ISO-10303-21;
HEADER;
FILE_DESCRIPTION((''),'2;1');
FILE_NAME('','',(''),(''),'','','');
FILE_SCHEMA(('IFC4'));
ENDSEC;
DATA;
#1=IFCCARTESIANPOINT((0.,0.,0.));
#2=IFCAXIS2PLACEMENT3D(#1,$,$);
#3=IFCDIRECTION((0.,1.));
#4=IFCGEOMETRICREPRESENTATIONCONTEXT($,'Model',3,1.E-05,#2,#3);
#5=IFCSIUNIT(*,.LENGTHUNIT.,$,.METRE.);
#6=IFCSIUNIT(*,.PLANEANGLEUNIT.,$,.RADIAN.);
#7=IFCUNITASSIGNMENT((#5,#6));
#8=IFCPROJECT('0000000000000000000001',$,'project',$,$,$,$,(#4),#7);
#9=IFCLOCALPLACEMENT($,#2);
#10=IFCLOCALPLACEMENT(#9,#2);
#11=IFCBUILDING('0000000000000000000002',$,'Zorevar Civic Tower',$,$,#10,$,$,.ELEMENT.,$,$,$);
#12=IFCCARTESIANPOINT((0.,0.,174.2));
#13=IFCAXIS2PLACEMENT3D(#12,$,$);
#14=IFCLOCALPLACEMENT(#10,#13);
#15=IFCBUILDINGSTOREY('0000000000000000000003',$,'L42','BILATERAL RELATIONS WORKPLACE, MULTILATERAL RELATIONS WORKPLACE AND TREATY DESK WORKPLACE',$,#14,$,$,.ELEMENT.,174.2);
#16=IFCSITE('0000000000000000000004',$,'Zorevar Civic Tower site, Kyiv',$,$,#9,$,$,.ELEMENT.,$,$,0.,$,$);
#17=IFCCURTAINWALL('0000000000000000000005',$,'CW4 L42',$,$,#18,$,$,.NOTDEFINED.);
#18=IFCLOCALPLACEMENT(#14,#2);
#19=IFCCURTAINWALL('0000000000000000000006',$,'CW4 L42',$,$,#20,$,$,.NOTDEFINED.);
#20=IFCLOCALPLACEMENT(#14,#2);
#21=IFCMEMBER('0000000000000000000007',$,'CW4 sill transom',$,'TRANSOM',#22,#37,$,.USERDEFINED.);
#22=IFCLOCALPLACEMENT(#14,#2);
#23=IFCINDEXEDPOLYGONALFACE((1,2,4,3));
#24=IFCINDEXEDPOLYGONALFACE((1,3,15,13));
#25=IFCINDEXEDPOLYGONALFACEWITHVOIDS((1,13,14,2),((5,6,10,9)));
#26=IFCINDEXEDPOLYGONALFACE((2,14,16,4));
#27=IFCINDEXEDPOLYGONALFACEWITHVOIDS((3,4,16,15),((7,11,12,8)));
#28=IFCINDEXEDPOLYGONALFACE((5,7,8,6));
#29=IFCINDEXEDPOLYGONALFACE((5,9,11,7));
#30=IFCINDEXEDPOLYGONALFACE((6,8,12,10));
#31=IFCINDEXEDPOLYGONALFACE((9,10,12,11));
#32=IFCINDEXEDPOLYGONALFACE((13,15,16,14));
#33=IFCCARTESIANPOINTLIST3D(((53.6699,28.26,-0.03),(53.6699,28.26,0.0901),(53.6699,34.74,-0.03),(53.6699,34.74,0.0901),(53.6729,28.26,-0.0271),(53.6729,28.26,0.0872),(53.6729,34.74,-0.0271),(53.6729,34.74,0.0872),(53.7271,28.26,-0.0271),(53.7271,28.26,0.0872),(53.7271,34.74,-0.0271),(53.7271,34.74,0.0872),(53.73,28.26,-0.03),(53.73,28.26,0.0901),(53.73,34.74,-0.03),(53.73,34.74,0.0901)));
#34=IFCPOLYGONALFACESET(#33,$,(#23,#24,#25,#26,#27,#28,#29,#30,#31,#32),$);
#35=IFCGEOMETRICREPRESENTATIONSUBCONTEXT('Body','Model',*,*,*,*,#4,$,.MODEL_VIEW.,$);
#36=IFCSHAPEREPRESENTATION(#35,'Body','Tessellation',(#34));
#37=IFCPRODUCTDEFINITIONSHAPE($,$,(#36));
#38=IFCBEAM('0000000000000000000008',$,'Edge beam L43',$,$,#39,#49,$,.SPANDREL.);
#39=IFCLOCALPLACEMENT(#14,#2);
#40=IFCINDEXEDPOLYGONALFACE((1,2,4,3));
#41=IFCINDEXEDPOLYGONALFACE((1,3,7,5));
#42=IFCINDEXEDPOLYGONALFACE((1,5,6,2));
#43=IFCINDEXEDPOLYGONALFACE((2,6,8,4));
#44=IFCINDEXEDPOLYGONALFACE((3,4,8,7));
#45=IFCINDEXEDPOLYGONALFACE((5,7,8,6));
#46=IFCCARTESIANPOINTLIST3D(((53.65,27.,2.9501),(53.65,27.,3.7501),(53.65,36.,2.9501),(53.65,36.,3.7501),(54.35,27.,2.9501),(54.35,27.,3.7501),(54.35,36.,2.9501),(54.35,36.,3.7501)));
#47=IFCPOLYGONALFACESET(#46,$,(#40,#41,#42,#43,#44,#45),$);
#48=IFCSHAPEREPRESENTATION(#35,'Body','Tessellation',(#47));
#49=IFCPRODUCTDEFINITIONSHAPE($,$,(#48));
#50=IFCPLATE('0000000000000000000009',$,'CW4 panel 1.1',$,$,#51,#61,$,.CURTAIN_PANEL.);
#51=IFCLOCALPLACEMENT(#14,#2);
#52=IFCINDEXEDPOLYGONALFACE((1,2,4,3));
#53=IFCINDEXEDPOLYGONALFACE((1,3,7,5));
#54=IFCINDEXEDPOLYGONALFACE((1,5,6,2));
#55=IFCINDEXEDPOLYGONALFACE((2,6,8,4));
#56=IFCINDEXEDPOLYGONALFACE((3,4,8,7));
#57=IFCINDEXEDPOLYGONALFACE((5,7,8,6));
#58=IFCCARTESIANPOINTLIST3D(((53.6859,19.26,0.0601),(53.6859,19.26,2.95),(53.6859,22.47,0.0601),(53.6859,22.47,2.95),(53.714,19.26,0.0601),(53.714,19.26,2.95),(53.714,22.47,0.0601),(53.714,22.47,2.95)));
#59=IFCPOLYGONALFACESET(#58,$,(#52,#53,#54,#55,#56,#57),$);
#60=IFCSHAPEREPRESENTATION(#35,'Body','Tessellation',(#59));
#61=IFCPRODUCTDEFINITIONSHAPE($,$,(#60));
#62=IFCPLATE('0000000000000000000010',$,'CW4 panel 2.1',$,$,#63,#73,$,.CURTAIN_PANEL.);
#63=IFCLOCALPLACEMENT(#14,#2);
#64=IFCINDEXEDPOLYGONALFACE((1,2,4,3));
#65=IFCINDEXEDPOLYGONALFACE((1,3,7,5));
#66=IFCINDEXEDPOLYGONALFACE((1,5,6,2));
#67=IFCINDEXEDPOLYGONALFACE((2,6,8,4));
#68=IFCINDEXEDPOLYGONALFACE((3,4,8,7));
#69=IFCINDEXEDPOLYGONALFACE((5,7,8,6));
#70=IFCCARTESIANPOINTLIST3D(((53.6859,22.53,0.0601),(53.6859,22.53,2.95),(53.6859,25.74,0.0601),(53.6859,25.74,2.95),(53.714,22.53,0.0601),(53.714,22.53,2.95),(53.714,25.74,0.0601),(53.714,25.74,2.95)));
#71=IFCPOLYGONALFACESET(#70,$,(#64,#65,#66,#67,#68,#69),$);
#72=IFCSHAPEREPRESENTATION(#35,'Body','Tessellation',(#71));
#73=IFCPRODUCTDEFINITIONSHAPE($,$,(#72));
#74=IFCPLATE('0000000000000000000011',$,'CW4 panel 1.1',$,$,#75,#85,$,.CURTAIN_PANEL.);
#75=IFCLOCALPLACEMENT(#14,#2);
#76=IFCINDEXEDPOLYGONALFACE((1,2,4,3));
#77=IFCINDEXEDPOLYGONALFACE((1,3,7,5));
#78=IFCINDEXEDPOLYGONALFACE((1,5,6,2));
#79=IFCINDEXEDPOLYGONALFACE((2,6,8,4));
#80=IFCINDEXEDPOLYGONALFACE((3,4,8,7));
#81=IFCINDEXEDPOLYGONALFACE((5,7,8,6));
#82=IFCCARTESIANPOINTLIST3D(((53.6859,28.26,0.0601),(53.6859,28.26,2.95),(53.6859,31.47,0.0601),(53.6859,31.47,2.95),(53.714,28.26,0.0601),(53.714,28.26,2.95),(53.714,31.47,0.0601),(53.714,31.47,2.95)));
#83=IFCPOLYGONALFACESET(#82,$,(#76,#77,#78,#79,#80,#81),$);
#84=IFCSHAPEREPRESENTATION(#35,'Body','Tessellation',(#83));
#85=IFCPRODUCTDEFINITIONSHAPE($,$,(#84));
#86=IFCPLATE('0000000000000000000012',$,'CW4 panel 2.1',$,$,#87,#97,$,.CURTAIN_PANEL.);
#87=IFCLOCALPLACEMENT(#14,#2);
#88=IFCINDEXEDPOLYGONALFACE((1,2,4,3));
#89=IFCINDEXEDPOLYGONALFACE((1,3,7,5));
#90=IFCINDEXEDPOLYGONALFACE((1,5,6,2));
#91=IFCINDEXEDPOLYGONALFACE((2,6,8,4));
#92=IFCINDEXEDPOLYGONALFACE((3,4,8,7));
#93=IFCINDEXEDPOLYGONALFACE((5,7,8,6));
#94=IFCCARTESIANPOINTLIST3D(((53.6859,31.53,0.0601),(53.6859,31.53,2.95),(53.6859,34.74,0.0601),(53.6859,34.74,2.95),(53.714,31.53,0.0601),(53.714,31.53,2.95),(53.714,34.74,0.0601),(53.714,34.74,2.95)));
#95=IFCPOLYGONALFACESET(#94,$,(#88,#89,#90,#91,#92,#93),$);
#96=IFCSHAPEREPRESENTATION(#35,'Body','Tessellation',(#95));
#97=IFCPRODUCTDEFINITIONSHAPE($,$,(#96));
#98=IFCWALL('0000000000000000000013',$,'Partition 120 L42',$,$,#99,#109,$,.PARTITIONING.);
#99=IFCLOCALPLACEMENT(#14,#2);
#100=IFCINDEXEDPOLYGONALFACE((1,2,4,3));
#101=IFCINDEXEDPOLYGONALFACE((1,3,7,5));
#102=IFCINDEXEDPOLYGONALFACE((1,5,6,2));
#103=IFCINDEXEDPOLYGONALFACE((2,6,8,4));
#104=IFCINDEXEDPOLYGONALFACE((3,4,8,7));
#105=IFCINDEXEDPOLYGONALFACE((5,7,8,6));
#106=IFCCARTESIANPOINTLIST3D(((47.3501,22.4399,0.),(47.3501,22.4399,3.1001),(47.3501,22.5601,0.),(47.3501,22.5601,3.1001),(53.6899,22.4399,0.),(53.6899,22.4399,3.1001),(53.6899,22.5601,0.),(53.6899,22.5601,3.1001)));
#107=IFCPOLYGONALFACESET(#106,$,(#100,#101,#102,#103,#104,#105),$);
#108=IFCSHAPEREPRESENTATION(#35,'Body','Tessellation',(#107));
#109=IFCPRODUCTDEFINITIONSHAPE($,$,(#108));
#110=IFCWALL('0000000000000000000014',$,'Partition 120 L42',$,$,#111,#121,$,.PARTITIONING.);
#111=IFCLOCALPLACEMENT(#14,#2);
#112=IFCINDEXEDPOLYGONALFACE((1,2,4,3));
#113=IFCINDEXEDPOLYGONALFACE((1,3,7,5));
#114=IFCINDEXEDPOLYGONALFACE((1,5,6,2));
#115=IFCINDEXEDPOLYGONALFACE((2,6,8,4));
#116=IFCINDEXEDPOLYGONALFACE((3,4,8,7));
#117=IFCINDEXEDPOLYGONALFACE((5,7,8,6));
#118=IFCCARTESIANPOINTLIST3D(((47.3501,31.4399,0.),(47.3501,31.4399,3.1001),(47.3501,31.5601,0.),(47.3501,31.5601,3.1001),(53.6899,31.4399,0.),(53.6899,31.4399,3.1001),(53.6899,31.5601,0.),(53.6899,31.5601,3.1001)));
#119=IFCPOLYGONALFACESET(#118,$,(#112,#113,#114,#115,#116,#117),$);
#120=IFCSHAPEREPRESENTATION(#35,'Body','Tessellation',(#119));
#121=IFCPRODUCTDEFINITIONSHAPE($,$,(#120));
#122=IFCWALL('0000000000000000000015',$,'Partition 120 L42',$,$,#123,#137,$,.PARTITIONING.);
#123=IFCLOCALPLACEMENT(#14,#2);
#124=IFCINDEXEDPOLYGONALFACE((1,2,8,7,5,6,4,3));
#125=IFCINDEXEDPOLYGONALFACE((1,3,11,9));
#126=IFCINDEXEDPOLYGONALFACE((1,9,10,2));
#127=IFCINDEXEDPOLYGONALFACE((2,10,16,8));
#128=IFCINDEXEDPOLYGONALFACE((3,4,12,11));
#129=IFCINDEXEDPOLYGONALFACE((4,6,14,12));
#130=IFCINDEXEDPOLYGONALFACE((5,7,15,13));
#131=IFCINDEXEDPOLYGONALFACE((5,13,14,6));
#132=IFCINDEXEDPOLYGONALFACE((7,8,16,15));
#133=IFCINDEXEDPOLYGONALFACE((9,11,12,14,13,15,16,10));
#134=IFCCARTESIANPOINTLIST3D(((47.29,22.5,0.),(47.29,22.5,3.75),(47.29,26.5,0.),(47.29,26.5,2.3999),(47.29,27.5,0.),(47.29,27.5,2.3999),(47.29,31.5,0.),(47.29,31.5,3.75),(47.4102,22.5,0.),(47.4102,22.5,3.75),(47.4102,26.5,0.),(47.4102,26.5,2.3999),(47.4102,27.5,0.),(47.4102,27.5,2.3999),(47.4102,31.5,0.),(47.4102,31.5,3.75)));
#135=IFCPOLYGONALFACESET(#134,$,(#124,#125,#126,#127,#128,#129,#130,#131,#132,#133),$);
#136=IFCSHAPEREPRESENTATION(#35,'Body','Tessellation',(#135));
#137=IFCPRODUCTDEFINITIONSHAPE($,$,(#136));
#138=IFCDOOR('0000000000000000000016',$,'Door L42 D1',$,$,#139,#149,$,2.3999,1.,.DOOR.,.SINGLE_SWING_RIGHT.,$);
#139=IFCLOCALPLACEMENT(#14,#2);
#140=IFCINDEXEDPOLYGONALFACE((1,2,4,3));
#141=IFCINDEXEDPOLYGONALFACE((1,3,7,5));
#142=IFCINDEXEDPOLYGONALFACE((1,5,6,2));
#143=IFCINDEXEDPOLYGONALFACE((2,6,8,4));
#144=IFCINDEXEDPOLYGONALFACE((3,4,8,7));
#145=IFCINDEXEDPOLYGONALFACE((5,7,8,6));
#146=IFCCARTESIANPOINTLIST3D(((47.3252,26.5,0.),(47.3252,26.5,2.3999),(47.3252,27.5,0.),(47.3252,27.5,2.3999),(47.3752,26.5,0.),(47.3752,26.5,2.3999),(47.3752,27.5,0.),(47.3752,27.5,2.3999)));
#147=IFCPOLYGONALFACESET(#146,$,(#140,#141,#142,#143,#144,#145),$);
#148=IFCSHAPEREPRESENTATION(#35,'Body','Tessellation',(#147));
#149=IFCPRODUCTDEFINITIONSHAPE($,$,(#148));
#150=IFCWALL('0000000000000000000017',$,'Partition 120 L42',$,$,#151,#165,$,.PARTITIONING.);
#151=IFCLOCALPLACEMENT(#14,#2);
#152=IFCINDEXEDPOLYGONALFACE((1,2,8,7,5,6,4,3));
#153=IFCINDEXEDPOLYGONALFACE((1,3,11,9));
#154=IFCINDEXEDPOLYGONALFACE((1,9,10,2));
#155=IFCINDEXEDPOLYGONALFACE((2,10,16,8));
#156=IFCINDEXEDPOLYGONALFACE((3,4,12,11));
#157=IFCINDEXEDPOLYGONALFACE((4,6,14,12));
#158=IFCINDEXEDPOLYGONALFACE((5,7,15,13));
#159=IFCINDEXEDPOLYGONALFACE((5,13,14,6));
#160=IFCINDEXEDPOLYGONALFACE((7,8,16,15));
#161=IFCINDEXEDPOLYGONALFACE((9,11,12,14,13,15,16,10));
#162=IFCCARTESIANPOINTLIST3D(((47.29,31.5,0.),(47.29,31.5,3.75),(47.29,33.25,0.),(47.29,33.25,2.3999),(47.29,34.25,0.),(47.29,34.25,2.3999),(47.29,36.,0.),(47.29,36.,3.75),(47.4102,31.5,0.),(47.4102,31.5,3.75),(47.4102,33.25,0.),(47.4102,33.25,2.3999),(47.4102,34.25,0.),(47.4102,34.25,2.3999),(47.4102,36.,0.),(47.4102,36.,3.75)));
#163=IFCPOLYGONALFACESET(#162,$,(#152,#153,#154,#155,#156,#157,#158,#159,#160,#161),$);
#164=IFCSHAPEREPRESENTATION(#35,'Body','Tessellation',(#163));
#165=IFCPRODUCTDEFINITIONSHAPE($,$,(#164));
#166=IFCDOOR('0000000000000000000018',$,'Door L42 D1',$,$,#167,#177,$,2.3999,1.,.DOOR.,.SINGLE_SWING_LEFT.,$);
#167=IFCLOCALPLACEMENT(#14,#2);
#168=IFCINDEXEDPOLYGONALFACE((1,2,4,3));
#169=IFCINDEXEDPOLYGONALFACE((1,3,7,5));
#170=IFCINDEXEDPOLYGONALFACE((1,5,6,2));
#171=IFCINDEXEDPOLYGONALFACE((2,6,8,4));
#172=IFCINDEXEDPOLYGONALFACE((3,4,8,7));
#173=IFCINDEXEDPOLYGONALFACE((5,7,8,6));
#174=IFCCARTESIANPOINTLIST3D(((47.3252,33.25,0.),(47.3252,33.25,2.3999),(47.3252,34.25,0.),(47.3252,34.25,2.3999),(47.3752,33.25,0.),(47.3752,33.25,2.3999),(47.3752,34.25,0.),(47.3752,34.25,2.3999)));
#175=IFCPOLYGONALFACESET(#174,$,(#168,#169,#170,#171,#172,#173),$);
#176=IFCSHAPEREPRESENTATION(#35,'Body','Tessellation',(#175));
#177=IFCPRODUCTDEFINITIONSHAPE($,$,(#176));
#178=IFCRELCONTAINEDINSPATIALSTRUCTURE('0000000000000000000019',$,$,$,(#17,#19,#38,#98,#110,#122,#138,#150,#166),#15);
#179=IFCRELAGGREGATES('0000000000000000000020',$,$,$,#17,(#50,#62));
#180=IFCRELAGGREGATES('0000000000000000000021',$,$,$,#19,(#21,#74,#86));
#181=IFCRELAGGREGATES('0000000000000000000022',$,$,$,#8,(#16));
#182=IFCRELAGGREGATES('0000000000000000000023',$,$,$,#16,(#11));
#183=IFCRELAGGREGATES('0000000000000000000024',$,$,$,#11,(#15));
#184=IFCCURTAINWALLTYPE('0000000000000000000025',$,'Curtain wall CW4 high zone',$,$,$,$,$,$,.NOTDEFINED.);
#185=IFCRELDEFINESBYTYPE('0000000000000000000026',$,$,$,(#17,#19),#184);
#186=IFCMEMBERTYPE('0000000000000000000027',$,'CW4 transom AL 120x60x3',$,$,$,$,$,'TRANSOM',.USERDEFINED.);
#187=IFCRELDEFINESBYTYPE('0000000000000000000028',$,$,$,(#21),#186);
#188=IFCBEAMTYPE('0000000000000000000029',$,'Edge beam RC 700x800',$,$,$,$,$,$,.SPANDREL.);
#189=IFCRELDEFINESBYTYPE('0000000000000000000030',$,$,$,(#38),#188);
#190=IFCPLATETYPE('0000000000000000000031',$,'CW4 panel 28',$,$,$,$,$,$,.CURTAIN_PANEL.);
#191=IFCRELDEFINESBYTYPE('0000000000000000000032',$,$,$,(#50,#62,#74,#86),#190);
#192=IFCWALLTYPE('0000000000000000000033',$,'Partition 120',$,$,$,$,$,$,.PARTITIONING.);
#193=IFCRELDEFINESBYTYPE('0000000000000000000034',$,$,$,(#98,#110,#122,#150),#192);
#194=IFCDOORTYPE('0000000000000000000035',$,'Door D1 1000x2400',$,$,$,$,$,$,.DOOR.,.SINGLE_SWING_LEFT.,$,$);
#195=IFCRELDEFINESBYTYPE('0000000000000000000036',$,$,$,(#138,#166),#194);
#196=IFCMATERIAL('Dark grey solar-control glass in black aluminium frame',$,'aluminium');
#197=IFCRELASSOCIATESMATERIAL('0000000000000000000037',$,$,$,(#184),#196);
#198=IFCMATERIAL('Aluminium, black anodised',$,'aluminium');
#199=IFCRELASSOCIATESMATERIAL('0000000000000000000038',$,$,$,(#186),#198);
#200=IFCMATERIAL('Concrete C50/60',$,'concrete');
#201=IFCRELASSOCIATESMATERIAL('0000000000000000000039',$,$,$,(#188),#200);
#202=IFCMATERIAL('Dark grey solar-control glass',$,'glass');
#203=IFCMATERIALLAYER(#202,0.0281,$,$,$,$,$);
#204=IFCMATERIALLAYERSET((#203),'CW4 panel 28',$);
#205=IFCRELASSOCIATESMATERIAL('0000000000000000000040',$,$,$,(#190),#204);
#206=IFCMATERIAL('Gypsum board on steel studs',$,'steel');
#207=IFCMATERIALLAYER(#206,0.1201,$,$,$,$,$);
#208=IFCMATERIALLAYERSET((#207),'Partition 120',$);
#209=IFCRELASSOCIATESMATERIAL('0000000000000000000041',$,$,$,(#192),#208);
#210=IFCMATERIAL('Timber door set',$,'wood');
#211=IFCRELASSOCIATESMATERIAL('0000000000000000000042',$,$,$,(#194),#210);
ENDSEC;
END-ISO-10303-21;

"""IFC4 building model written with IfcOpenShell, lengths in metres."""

from ifc_helpers import new_model, si_unit, direction, frame, frame_2d, origin, origin_2d, place, context, subcontext, project, spatial, rectangle, hollow_rectangle, extrude, material, layer, layer_set, material_profile, profile_set, type_object, element, fill, aggregate, save


model = new_model("IFC4")

# Units and contexts
model_context = context("Model", 3, precision=1e-05, world=origin(), true_north=direction((0.0, 1.0)))
body_context = subcontext(model_context, "Body", "Model", "MODEL_VIEW")
ifc_project = project(units=[si_unit("LENGTHUNIT", "METRE"), si_unit("PLANEANGLEUNIT", "RADIAN")], contexts=[model_context])

# Site, building, storey
site_placement = place(None, origin())
site = spatial("IfcSite", under=ifc_project, at=site_placement, Name="Zorevar Civic Tower site, Kyiv", CompositionType="ELEMENT", RefElevation=0.0)
building_placement = place(site_placement, origin())
building = spatial("IfcBuilding", under=site, at=building_placement, Name="Zorevar Civic Tower", CompositionType="ELEMENT")
storey_placement = place(building_placement, frame((0.0, 0.0, 174.2)))
storey = spatial("IfcBuildingStorey", under=building, at=storey_placement, Name="L42", Description="BILATERAL RELATIONS WORKPLACE, MULTILATERAL RELATIONS WORKPLACE AND TREATY DESK WORKPLACE", CompositionType="ELEMENT", Elevation=174.2)

# Curtain walls
ifc_material_1 = material(Name="Dark grey solar-control glass in black aluminium frame", Category="aluminium")
curtain_wall_type = type_object("IfcCurtainWallType", Name="Curtain wall CW4 high zone", PredefinedType="NOTDEFINED", material=ifc_material_1)
curtain_wall_1_placement = place(storey_placement, origin())
curtain_wall_1 = element("IfcCurtainWall", 1, at=curtain_wall_1_placement, inside=storey, type_object=curtain_wall_type, Name="CW4 L42", PredefinedType="NOTDEFINED")
curtain_wall_2_placement = place(storey_placement, origin())
curtain_wall_2 = element("IfcCurtainWall", 2, at=curtain_wall_2_placement, inside=storey, type_object=curtain_wall_type, Name="CW4 L42", PredefinedType="NOTDEFINED")

# Member
ifc_material_2 = material(Name="Aluminium, black anodised", Category="aluminium")
ifc_material_profile_1 = material_profile(ifc_material_2, hollow_rectangle(XDim=0.0601, YDim=0.1201, WallThickness=0.0029, at=origin_2d()), Name="AL 120x60x3")
ifc_profile_set_1 = profile_set([ifc_material_profile_1], Name="Aluminium, black anodised")
member_type_1 = type_object("IfcMemberType", Name="CW4 transom AL 120x60x3", ElementType="TRANSOM", PredefinedType="USERDEFINED", material=ifc_profile_set_1)
member_1_placement = place(storey_placement, frame((53.7, 28.26, 0.03), z_axis=(0.0, 1.0, 0.0), x_axis=(-1.0, 0.0, 0.0)))
member_1 = element("IfcMember", 3, at=member_1_placement, type_object=member_type_1, Name="CW4 sill transom", ObjectType="TRANSOM", PredefinedType="USERDEFINED", context=body_context, shape_type="SweptSolid", body=[
    extrude(hollow_rectangle(XDim=0.0601, YDim=0.1201, WallThickness=0.0029, at=origin_2d()), origin(), (0.0, 0.0, 1.0), 6.48),
])

# Beam
ifc_material_3 = material(Name="Concrete C50/60", Category="concrete")
ifc_material_profile_2 = material_profile(ifc_material_3, rectangle(XDim=0.7, YDim=0.8, at=origin_2d()), Name="RC 700x800")
ifc_profile_set_2 = profile_set([ifc_material_profile_2], Name="Concrete C50/60")
beam_type_1 = type_object("IfcBeamType", Name="Edge beam RC 700x800", PredefinedType="SPANDREL", material=ifc_profile_set_2)
beam_1_placement = place(storey_placement, frame((54.0, 27.0, 3.3501), z_axis=(0.0, 1.0, 0.0), x_axis=(-1.0, 0.0, 0.0)))
element("IfcBeam", 4, at=beam_1_placement, inside=storey, type_object=beam_type_1, Name="Edge beam L43", PredefinedType="SPANDREL", context=body_context, shape_type="SweptSolid", body=[
    extrude(rectangle(XDim=0.7, YDim=0.8, at=origin_2d()), origin(), (0.0, 0.0, 1.0), 9.0),
])

# Plates
ifc_material_4 = material(Name="Dark grey solar-control glass", Category="glass")
ifc_layer_1 = layer(ifc_material_4, 0.0281)
ifc_layer_set_1 = layer_set([ifc_layer_1], Name="CW4 panel 28")
plate_type = type_object("IfcPlateType", Name="CW4 panel 28", PredefinedType="CURTAIN_PANEL", material=ifc_layer_set_1)
plate_1_placement = place(storey_placement, frame((53.7, 20.865, 0.0601), z_axis=(0.0, 0.0, 1.0), x_axis=(0.0, 1.0, 0.0)))
plate_1 = element("IfcPlate", 5, at=plate_1_placement, type_object=plate_type, Name="CW4 panel 1.1", PredefinedType="CURTAIN_PANEL", context=body_context, shape_type="SweptSolid", body=[
    extrude(rectangle(XDim=3.21, YDim=0.0281, at=origin_2d()), origin(), (0.0, 0.0, 1.0), 2.8899),
])
plate_2_placement = place(storey_placement, frame((53.7, 24.135, 0.0601), z_axis=(0.0, 0.0, 1.0), x_axis=(0.0, 1.0, 0.0)))
plate_2 = element("IfcPlate", 6, at=plate_2_placement, type_object=plate_type, Name="CW4 panel 2.1", PredefinedType="CURTAIN_PANEL", context=body_context, shape_type="SweptSolid", body=[
    extrude(rectangle(XDim=3.21, YDim=0.0281, at=origin_2d()), origin(), (0.0, 0.0, 1.0), 2.8899),
])
aggregate(curtain_wall_1, [plate_1, plate_2])
plate_3_placement = place(storey_placement, frame((53.7, 29.865, 0.0601), z_axis=(0.0, 0.0, 1.0), x_axis=(0.0, 1.0, 0.0)))
plate_3 = element("IfcPlate", 7, at=plate_3_placement, type_object=plate_type, Name="CW4 panel 1.1", PredefinedType="CURTAIN_PANEL", context=body_context, shape_type="SweptSolid", body=[
    extrude(rectangle(XDim=3.21, YDim=0.0281, at=origin_2d()), origin(), (0.0, 0.0, 1.0), 2.8899),
])
plate_4_placement = place(storey_placement, frame((53.7, 33.135, 0.0601), z_axis=(0.0, 0.0, 1.0), x_axis=(0.0, 1.0, 0.0)))
plate_4 = element("IfcPlate", 8, at=plate_4_placement, type_object=plate_type, Name="CW4 panel 2.1", PredefinedType="CURTAIN_PANEL", context=body_context, shape_type="SweptSolid", body=[
    extrude(rectangle(XDim=3.21, YDim=0.0281, at=origin_2d()), origin(), (0.0, 0.0, 1.0), 2.8899),
])
aggregate(curtain_wall_2, [member_1, plate_3, plate_4])

# Walls
ifc_material_5 = material(Name="Gypsum board on steel studs", Category="steel")
ifc_layer_2 = layer(ifc_material_5, 0.1201)
ifc_layer_set_2 = layer_set([ifc_layer_2], Name="Partition 120")
wall_type = type_object("IfcWallType", Name="Partition 120", PredefinedType="PARTITIONING", material=ifc_layer_set_2)
for number, where, z_axis, x_axis, name in (
    (9, (47.3501, 22.5, 0.0), (0.0, 0.0, 1.0), (1.0, 0.0, 0.0), "Partition 120 L42"),
    (10, (47.3501, 31.5, 0.0), (0.0, 0.0, 1.0), (1.0, 0.0, 0.0), "Partition 120 L42"),
):
    element("IfcWall", number, at=place(storey_placement, frame(where, z_axis=z_axis, x_axis=x_axis)), inside=storey, type_object=wall_type, Name=name, PredefinedType="PARTITIONING", context=body_context, shape_type="SweptSolid", body=[
        extrude(rectangle(XDim=6.3398, YDim=0.1201, at=frame_2d((3.1699, 0.0))), origin(), (0.0, 0.0, 1.0), 3.1001),
    ])

# Walls, openings, doors
wall_1_placement = place(storey_placement, frame((47.3501, 22.5, 0.0), z_axis=(0.0, 0.0, 1.0), x_axis=(0.0, 1.0, 0.0)))
wall_1 = element("IfcWall", 11, at=wall_1_placement, inside=storey, type_object=wall_type, Name="Partition 120 L42", PredefinedType="PARTITIONING", context=body_context, shape_type="SweptSolid", body=[
    extrude(rectangle(XDim=9.0, YDim=0.1201, at=frame_2d((4.5, 0.0))), origin(), (0.0, 0.0, 1.0), 3.75),
])
opening_1_placement = place(wall_1_placement, frame((4.0, 0.0, 0.0)))
opening_1 = element("IfcOpeningElement", 12, at=opening_1_placement, cuts=wall_1, PredefinedType="OPENING", context=body_context, shape_type="SweptSolid", body=[
    extrude(rectangle(XDim=1.0, YDim=2.3999, at=frame_2d((0.5, 1.2))), frame((0.0, 0.0701, 0.0), z_axis=(0.0, -1.0, 0.0), x_axis=(1.0, 0.0, 0.0)), (0.0, 0.0, 1.0), 0.1401),
])
ifc_material_6 = material(Name="Timber door set", Category="wood")
door_type = type_object("IfcDoorType", Name="Door D1 1000x2400", OperationType="SINGLE_SWING_LEFT", PredefinedType="DOOR", material=ifc_material_6)
door_1_placement = place(opening_1_placement, origin())
door_1 = element("IfcDoor", 13, at=door_1_placement, inside=storey, type_object=door_type, Name="Door L42 D1", OperationType="SINGLE_SWING_RIGHT", OverallHeight=2.3999, OverallWidth=1.0, PredefinedType="DOOR", context=body_context, shape_type="SweptSolid", body=[
    extrude(rectangle(XDim=1.0, YDim=2.3999, at=frame_2d((0.5, 1.2))), frame((0.0, 0.0249, 0.0), z_axis=(0.0, -1.0, 0.0), x_axis=(1.0, 0.0, 0.0)), (0.0, 0.0, 1.0), 0.05),
])
fill(opening_1, door_1)
wall_2_placement = place(storey_placement, frame((47.3501, 31.5, 0.0), z_axis=(0.0, 0.0, 1.0), x_axis=(0.0, 1.0, 0.0)))
wall_2 = element("IfcWall", 14, at=wall_2_placement, inside=storey, type_object=wall_type, Name="Partition 120 L42", PredefinedType="PARTITIONING", context=body_context, shape_type="SweptSolid", body=[
    extrude(rectangle(XDim=4.5, YDim=0.1201, at=frame_2d((2.25, 0.0))), origin(), (0.0, 0.0, 1.0), 3.75),
])
opening_2_placement = place(wall_2_placement, frame((1.75, 0.0, 0.0)))
opening_2 = element("IfcOpeningElement", 15, at=opening_2_placement, cuts=wall_2, PredefinedType="OPENING", context=body_context, shape_type="SweptSolid", body=[
    extrude(rectangle(XDim=1.0, YDim=2.3999, at=frame_2d((0.5, 1.2))), frame((0.0, 0.0701, 0.0), z_axis=(0.0, -1.0, 0.0), x_axis=(1.0, 0.0, 0.0)), (0.0, 0.0, 1.0), 0.1401),
])
door_2_placement = place(opening_2_placement, origin())
door_2 = element("IfcDoor", 16, at=door_2_placement, inside=storey, type_object=door_type, Name="Door L42 D1", OperationType="SINGLE_SWING_LEFT", OverallHeight=2.3999, OverallWidth=1.0, PredefinedType="DOOR", context=body_context, shape_type="SweptSolid", body=[
    extrude(rectangle(XDim=1.0, YDim=2.3999, at=frame_2d((0.5, 1.2))), frame((0.0, 0.0249, 0.0), z_axis=(0.0, -1.0, 0.0), x_axis=(1.0, 0.0, 0.0)), (0.0, 0.0, 1.0), 0.05),
])
fill(opening_2, door_2)

save(model, "model.ifc")
